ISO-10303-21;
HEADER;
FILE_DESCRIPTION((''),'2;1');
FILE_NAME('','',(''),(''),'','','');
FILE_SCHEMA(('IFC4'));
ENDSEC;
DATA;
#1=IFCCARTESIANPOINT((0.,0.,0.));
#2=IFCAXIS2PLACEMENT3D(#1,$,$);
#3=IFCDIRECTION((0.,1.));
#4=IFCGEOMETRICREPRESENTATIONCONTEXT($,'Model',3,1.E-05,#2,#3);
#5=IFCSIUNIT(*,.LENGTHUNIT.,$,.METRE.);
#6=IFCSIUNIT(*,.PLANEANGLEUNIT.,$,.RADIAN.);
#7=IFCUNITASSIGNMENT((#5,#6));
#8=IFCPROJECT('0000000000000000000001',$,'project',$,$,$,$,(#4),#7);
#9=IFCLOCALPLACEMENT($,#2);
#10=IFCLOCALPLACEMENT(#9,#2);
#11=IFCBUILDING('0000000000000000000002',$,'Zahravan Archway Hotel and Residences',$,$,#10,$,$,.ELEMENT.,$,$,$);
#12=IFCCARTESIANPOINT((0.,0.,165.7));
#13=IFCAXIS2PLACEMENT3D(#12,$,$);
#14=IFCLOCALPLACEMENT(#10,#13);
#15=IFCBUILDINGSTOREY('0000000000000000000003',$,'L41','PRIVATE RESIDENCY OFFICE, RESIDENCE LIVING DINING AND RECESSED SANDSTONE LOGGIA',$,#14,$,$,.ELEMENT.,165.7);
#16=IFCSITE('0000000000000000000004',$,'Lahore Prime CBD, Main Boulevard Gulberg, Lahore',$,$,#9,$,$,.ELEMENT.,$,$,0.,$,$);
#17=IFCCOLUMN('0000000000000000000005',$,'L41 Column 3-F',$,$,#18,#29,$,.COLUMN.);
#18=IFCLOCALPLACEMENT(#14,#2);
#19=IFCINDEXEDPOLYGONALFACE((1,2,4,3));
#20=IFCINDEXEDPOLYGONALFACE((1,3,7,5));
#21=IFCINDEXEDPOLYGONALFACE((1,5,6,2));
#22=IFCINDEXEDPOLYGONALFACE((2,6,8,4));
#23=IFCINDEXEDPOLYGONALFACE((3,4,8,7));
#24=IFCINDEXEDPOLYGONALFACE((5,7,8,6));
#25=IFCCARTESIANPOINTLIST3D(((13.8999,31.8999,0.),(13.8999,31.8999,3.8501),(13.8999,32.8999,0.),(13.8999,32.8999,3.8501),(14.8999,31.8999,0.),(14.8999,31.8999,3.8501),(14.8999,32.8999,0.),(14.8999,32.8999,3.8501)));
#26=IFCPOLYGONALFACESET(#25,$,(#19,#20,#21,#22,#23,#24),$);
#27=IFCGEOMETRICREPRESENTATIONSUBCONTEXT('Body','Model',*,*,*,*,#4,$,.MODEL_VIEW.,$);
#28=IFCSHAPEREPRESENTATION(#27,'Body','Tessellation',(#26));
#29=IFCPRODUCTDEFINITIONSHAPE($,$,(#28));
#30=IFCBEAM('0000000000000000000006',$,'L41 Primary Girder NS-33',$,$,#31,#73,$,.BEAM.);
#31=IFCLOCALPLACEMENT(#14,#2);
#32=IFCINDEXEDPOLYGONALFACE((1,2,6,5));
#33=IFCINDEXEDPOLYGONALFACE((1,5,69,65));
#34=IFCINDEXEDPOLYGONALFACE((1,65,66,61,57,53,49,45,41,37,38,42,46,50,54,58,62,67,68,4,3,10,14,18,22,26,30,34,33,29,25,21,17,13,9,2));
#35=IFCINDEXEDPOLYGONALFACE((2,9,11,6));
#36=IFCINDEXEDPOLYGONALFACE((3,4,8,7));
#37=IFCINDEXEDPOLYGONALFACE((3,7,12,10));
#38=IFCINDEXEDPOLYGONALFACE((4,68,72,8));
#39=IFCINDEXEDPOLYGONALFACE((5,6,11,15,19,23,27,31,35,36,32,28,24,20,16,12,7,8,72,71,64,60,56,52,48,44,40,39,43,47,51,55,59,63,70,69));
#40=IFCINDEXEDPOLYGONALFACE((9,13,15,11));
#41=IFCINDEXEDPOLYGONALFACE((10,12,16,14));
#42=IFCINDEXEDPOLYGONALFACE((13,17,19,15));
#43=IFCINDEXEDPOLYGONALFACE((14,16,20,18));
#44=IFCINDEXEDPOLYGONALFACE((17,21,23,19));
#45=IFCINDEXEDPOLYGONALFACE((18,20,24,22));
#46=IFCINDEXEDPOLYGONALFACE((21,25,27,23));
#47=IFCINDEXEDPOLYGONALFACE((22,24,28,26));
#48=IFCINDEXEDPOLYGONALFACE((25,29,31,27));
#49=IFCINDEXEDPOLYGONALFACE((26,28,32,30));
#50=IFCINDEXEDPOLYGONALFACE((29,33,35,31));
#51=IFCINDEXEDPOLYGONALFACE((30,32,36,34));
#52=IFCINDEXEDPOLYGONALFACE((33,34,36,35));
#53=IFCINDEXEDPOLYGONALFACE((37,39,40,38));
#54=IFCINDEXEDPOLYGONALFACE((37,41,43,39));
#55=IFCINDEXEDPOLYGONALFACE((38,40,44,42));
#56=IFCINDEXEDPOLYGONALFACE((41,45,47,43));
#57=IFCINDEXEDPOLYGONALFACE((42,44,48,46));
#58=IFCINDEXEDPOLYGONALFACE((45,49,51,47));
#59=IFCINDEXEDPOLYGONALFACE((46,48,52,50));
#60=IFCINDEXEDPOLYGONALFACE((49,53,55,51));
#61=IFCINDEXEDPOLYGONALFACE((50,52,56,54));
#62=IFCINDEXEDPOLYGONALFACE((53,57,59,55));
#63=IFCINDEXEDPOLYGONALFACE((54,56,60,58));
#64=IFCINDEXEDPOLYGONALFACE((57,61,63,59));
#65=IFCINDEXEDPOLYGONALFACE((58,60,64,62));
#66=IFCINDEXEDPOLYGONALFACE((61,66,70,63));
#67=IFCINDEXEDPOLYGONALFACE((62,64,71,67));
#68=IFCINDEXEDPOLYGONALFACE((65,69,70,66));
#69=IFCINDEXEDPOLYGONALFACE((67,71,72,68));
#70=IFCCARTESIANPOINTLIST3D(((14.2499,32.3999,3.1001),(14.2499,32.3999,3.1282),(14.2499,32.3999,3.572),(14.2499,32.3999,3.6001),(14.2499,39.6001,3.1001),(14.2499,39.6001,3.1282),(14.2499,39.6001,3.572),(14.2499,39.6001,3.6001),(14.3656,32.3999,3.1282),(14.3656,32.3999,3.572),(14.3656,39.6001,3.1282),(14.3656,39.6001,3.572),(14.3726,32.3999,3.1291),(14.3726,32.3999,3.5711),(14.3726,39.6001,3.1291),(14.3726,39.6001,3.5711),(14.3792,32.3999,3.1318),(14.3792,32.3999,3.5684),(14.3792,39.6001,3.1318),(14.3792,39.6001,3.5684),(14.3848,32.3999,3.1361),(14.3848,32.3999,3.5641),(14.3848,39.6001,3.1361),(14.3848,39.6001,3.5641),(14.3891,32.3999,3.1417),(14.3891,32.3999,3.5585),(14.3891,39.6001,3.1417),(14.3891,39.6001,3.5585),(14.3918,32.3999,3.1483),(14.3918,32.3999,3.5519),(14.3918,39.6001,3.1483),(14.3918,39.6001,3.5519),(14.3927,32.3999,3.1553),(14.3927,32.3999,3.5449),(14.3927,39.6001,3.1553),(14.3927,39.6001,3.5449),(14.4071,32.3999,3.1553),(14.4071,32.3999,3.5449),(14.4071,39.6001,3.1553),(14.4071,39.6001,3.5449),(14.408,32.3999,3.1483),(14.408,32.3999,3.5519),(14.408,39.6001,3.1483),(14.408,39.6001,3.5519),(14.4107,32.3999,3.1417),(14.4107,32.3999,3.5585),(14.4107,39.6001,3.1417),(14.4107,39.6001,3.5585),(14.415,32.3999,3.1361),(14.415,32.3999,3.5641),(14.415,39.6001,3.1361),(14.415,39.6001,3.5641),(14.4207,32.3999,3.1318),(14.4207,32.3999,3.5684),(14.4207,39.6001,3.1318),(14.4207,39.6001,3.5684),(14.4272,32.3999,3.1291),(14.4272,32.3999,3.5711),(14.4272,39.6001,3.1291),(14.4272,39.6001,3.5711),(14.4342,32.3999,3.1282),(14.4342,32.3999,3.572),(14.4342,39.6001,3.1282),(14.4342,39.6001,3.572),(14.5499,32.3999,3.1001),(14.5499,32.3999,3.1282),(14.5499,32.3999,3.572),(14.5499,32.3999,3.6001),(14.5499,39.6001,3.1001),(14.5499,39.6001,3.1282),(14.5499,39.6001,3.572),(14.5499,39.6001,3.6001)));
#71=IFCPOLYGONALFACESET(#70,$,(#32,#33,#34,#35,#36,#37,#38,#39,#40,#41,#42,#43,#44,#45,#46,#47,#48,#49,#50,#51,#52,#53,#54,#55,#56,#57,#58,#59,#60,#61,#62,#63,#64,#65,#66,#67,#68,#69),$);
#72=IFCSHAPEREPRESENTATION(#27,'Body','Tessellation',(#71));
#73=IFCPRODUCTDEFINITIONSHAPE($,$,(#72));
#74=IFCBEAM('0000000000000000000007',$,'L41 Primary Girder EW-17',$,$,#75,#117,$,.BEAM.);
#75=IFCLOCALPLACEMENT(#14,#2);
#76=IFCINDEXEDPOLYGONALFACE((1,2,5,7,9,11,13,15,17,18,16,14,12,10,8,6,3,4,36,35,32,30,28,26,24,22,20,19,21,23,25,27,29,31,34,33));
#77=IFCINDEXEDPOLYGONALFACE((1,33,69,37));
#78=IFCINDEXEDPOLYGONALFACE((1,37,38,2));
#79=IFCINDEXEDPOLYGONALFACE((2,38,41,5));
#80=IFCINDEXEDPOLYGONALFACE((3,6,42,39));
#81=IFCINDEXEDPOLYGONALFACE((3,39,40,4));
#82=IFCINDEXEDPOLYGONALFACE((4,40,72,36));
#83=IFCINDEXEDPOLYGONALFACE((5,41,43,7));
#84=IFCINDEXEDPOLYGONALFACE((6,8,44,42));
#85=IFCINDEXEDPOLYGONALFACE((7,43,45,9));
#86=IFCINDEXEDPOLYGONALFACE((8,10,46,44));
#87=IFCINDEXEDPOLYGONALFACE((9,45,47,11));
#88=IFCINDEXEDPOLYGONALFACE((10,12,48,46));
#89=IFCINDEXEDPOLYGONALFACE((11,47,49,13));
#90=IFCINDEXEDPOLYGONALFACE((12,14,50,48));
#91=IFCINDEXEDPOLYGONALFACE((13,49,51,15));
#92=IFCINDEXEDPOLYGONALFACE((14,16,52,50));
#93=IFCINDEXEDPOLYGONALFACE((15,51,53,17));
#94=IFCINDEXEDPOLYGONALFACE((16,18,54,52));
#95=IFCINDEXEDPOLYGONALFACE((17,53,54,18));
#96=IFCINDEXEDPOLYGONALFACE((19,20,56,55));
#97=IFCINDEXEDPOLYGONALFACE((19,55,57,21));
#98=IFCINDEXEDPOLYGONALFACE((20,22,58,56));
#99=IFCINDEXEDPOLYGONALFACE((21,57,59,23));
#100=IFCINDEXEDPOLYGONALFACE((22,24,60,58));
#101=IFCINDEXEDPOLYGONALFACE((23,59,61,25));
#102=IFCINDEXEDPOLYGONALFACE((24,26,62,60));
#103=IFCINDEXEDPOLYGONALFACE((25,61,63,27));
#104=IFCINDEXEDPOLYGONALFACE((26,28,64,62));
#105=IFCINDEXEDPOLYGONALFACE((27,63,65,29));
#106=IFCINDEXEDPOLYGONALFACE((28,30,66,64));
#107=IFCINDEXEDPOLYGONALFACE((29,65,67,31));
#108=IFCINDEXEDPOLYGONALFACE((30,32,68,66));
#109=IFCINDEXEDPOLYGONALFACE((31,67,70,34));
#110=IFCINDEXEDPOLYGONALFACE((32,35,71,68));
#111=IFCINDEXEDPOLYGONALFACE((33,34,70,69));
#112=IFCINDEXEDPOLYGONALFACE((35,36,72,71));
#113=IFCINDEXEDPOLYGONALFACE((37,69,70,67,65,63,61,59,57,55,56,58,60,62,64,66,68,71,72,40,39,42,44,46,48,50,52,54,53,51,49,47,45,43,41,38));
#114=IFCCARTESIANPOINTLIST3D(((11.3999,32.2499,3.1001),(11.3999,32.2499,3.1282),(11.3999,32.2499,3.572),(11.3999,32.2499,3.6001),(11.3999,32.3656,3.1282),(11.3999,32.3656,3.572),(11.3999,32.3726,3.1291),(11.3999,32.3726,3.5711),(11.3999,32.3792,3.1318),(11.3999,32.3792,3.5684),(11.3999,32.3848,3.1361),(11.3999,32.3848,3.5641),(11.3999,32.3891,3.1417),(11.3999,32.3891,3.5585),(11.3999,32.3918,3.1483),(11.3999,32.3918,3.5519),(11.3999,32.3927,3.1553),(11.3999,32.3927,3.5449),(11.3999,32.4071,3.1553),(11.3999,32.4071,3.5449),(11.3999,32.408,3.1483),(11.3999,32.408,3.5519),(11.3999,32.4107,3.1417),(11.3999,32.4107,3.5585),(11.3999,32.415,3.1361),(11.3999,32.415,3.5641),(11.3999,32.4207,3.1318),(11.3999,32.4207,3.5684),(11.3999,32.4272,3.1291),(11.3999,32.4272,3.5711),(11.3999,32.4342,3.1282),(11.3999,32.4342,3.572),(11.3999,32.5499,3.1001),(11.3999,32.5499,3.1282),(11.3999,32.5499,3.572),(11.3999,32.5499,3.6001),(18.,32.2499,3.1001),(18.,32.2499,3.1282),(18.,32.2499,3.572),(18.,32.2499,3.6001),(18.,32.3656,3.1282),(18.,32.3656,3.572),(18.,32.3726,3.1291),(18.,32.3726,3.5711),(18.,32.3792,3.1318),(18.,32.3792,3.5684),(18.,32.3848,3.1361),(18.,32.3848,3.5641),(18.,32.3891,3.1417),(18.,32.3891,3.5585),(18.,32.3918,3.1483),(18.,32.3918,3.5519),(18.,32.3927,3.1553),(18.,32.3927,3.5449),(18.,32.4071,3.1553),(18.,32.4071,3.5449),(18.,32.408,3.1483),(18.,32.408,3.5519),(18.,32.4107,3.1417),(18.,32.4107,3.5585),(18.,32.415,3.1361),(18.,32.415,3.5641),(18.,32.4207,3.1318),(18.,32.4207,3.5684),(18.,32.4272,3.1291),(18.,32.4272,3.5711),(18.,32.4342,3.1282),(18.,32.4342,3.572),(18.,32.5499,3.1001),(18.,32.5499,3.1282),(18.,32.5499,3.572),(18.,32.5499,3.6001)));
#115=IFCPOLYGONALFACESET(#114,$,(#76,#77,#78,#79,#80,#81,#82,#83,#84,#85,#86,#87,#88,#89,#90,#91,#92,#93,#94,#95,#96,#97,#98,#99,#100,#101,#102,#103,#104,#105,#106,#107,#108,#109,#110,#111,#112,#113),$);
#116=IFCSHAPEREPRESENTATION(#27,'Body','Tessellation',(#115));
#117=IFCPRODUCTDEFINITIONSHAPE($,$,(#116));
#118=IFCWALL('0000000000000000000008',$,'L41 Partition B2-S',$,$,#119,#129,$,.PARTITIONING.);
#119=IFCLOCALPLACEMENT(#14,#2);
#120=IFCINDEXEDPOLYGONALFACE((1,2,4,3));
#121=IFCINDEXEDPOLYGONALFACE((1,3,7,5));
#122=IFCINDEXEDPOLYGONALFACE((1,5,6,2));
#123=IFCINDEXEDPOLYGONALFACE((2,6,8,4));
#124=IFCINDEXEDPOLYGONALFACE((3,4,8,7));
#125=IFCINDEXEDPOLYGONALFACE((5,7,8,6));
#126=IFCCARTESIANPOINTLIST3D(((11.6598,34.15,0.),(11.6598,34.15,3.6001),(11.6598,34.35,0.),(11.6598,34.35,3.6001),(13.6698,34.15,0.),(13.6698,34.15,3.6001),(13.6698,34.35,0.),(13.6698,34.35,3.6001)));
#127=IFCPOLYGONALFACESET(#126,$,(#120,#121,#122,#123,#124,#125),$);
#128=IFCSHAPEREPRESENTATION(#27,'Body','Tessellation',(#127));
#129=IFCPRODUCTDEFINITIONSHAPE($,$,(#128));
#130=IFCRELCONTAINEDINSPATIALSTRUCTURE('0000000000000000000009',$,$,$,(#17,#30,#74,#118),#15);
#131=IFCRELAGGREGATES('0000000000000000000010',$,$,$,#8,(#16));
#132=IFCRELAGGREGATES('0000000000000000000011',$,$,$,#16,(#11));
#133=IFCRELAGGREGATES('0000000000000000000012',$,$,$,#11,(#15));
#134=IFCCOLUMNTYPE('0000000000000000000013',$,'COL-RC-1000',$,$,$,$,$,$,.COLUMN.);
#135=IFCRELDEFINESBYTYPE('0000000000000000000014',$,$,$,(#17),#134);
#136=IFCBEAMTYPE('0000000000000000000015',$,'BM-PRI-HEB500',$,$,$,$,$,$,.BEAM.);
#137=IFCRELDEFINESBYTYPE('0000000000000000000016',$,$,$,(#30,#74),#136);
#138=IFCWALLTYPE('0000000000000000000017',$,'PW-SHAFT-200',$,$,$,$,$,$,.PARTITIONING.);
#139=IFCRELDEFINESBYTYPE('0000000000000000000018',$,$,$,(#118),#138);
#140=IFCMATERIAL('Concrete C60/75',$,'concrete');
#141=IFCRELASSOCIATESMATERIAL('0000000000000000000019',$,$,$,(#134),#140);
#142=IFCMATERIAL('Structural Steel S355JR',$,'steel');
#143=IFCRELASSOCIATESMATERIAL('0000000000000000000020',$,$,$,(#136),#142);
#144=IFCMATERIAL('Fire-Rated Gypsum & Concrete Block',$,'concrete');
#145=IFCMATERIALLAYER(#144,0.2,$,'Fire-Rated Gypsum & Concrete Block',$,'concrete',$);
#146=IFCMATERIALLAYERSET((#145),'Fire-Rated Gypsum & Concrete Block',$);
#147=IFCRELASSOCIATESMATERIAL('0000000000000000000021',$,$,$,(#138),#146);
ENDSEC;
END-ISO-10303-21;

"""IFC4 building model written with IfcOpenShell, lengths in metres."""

from ifc_helpers import new_model, si_unit, direction, frame, frame_2d, origin, origin_2d, place, context, subcontext, project, spatial, rectangle, i_section, extrude, source, transform, mapped, material, layer, layer_set, material_profile, profile_set, type_object, type_shapes, element, save


model = new_model("IFC4")

# Units and contexts
model_context = context("Model", 3, precision=1e-05, world=origin(), true_north=direction((0.0, 1.0)))
body_context = subcontext(model_context, "Body", "Model", "MODEL_VIEW")
ifc_project = project(units=[si_unit("LENGTHUNIT", "METRE"), si_unit("PLANEANGLEUNIT", "RADIAN")], contexts=[model_context])

# Site, building, storey
site_placement = place(None, origin())
site = spatial("IfcSite", under=ifc_project, at=site_placement, Name="Lahore Prime CBD, Main Boulevard Gulberg, Lahore", CompositionType="ELEMENT", RefElevation=0.0)
building_placement = place(site_placement, origin())
building = spatial("IfcBuilding", under=site, at=building_placement, Name="Zahravan Archway Hotel and Residences", CompositionType="ELEMENT")
storey_placement = place(building_placement, frame((0.0, 0.0, 165.7)))
storey = spatial("IfcBuildingStorey", under=building, at=storey_placement, Name="L41", Description="PRIVATE RESIDENCY OFFICE, RESIDENCE LIVING DINING AND RECESSED SANDSTONE LOGGIA", CompositionType="ELEMENT", Elevation=165.7)

# Column
ifc_material_1 = material(Name="Concrete C60/75", Category="concrete")
ifc_material_profile_1 = material_profile(ifc_material_1, rectangle(XDim=1.0, YDim=1.0, at=origin_2d()), Name="RC-COL-1000x1000", Category="concrete")
ifc_profile_set_1 = profile_set([ifc_material_profile_1], Name="Concrete C60/75")
column_type = type_object("IfcColumnType", Name="COL-RC-1000", PredefinedType="COLUMN", material=ifc_profile_set_1)
shared_shape_1 = source(origin(), body_context, "Body", "SweptSolid", [
    extrude(rectangle(XDim=1.0, YDim=1.0, at=origin_2d()), origin(), (0.0, 0.0, 1.0), 3.8501),
])
column_placement = place(storey_placement, frame((14.3999, 32.3999, 0.0), z_axis=(0.0, 0.0, 1.0), x_axis=(1.0, 0.0, 0.0)))
element("IfcColumn", 1, at=column_placement, inside=storey, type_object=column_type, Name="L41 Column 3-F", PredefinedType="COLUMN", context=body_context, shape_type="MappedRepresentation", body=[
    mapped(shared_shape_1, transform((0.0, 0.0, 0.0), scale=1.0)),
])

# Beams
ifc_material_2 = material(Name="Structural Steel S355JR", Category="steel")
ifc_material_profile_2 = material_profile(ifc_material_2, i_section(OverallWidth=0.3, OverallDepth=0.5, WebThickness=0.0144, FlangeThickness=0.0281, FilletRadius=0.0271, at=origin_2d()), Name="HEB 500", Category="steel")
ifc_profile_set_2 = profile_set([ifc_material_profile_2], Name="Structural Steel S355JR")
beam_type = type_object("IfcBeamType", Name="BM-PRI-HEB500", PredefinedType="BEAM", material=ifc_profile_set_2)
shared_shape_2 = source(origin(), body_context, "Body", "SweptSolid", [
    extrude(i_section(OverallWidth=0.3, OverallDepth=0.5, WebThickness=0.0144, FlangeThickness=0.0281, FilletRadius=0.0271, at=origin_2d()), origin(), (0.0, 0.0, 1.0), 7.2002),
])
type_shapes(beam_type, [shared_shape_2])
beam_1_placement = place(storey_placement, frame((14.3999, 32.3999, 3.3501), z_axis=(0.0, 1.0, 0.0), x_axis=(-1.0, 0.0, 0.0)))
element("IfcBeam", 2, at=beam_1_placement, inside=storey, type_object=beam_type, Name="L41 Primary Girder NS-33", PredefinedType="BEAM", context=body_context, shape_type="MappedRepresentation", body=[
    mapped(shared_shape_2, transform((0.0, 0.0, 0.0), scale=1.0)),
])
shared_shape_3 = source(origin(), body_context, "Body", "SweptSolid", [
    extrude(i_section(OverallWidth=0.3, OverallDepth=0.5, WebThickness=0.0144, FlangeThickness=0.0281, FilletRadius=0.0271, at=origin_2d()), origin(), (0.0, 0.0, 1.0), 6.6001),
])
beam_2_placement = place(storey_placement, frame((11.3999, 32.3999, 3.3501), z_axis=(1.0, 0.0, 0.0), x_axis=(0.0, 1.0, 0.0)))
element("IfcBeam", 3, at=beam_2_placement, inside=storey, type_object=beam_type, Name="L41 Primary Girder EW-17", PredefinedType="BEAM", context=body_context, shape_type="MappedRepresentation", body=[
    mapped(shared_shape_3, transform((0.0, 0.0, 0.0), scale=1.0)),
])

# Wall
ifc_material_3 = material(Name="Fire-Rated Gypsum & Concrete Block", Category="concrete")
ifc_layer_1 = layer(ifc_material_3, 0.2, Name="Fire-Rated Gypsum & Concrete Block", Category="concrete")
ifc_layer_set_1 = layer_set([ifc_layer_1], Name="Fire-Rated Gypsum & Concrete Block")
wall_type_1 = type_object("IfcWallType", Name="PW-SHAFT-200", PredefinedType="PARTITIONING", material=ifc_layer_set_1)
wall_1_placement = place(storey_placement, frame((11.6599, 34.25, 0.0), z_axis=(0.0, 0.0, 1.0), x_axis=(1.0, 0.0, 0.0)))
element("IfcWall", 4, at=wall_1_placement, inside=storey, type_object=wall_type_1, Name="L41 Partition B2-S", PredefinedType="PARTITIONING", context=body_context, shape_type="SweptSolid", body=[
    extrude(rectangle(XDim=2.01, YDim=0.2, at=frame_2d((1.0049, 0.0))), origin(), (0.0, 0.0, 1.0), 3.6001),
])

save(model, "model.ifc")
